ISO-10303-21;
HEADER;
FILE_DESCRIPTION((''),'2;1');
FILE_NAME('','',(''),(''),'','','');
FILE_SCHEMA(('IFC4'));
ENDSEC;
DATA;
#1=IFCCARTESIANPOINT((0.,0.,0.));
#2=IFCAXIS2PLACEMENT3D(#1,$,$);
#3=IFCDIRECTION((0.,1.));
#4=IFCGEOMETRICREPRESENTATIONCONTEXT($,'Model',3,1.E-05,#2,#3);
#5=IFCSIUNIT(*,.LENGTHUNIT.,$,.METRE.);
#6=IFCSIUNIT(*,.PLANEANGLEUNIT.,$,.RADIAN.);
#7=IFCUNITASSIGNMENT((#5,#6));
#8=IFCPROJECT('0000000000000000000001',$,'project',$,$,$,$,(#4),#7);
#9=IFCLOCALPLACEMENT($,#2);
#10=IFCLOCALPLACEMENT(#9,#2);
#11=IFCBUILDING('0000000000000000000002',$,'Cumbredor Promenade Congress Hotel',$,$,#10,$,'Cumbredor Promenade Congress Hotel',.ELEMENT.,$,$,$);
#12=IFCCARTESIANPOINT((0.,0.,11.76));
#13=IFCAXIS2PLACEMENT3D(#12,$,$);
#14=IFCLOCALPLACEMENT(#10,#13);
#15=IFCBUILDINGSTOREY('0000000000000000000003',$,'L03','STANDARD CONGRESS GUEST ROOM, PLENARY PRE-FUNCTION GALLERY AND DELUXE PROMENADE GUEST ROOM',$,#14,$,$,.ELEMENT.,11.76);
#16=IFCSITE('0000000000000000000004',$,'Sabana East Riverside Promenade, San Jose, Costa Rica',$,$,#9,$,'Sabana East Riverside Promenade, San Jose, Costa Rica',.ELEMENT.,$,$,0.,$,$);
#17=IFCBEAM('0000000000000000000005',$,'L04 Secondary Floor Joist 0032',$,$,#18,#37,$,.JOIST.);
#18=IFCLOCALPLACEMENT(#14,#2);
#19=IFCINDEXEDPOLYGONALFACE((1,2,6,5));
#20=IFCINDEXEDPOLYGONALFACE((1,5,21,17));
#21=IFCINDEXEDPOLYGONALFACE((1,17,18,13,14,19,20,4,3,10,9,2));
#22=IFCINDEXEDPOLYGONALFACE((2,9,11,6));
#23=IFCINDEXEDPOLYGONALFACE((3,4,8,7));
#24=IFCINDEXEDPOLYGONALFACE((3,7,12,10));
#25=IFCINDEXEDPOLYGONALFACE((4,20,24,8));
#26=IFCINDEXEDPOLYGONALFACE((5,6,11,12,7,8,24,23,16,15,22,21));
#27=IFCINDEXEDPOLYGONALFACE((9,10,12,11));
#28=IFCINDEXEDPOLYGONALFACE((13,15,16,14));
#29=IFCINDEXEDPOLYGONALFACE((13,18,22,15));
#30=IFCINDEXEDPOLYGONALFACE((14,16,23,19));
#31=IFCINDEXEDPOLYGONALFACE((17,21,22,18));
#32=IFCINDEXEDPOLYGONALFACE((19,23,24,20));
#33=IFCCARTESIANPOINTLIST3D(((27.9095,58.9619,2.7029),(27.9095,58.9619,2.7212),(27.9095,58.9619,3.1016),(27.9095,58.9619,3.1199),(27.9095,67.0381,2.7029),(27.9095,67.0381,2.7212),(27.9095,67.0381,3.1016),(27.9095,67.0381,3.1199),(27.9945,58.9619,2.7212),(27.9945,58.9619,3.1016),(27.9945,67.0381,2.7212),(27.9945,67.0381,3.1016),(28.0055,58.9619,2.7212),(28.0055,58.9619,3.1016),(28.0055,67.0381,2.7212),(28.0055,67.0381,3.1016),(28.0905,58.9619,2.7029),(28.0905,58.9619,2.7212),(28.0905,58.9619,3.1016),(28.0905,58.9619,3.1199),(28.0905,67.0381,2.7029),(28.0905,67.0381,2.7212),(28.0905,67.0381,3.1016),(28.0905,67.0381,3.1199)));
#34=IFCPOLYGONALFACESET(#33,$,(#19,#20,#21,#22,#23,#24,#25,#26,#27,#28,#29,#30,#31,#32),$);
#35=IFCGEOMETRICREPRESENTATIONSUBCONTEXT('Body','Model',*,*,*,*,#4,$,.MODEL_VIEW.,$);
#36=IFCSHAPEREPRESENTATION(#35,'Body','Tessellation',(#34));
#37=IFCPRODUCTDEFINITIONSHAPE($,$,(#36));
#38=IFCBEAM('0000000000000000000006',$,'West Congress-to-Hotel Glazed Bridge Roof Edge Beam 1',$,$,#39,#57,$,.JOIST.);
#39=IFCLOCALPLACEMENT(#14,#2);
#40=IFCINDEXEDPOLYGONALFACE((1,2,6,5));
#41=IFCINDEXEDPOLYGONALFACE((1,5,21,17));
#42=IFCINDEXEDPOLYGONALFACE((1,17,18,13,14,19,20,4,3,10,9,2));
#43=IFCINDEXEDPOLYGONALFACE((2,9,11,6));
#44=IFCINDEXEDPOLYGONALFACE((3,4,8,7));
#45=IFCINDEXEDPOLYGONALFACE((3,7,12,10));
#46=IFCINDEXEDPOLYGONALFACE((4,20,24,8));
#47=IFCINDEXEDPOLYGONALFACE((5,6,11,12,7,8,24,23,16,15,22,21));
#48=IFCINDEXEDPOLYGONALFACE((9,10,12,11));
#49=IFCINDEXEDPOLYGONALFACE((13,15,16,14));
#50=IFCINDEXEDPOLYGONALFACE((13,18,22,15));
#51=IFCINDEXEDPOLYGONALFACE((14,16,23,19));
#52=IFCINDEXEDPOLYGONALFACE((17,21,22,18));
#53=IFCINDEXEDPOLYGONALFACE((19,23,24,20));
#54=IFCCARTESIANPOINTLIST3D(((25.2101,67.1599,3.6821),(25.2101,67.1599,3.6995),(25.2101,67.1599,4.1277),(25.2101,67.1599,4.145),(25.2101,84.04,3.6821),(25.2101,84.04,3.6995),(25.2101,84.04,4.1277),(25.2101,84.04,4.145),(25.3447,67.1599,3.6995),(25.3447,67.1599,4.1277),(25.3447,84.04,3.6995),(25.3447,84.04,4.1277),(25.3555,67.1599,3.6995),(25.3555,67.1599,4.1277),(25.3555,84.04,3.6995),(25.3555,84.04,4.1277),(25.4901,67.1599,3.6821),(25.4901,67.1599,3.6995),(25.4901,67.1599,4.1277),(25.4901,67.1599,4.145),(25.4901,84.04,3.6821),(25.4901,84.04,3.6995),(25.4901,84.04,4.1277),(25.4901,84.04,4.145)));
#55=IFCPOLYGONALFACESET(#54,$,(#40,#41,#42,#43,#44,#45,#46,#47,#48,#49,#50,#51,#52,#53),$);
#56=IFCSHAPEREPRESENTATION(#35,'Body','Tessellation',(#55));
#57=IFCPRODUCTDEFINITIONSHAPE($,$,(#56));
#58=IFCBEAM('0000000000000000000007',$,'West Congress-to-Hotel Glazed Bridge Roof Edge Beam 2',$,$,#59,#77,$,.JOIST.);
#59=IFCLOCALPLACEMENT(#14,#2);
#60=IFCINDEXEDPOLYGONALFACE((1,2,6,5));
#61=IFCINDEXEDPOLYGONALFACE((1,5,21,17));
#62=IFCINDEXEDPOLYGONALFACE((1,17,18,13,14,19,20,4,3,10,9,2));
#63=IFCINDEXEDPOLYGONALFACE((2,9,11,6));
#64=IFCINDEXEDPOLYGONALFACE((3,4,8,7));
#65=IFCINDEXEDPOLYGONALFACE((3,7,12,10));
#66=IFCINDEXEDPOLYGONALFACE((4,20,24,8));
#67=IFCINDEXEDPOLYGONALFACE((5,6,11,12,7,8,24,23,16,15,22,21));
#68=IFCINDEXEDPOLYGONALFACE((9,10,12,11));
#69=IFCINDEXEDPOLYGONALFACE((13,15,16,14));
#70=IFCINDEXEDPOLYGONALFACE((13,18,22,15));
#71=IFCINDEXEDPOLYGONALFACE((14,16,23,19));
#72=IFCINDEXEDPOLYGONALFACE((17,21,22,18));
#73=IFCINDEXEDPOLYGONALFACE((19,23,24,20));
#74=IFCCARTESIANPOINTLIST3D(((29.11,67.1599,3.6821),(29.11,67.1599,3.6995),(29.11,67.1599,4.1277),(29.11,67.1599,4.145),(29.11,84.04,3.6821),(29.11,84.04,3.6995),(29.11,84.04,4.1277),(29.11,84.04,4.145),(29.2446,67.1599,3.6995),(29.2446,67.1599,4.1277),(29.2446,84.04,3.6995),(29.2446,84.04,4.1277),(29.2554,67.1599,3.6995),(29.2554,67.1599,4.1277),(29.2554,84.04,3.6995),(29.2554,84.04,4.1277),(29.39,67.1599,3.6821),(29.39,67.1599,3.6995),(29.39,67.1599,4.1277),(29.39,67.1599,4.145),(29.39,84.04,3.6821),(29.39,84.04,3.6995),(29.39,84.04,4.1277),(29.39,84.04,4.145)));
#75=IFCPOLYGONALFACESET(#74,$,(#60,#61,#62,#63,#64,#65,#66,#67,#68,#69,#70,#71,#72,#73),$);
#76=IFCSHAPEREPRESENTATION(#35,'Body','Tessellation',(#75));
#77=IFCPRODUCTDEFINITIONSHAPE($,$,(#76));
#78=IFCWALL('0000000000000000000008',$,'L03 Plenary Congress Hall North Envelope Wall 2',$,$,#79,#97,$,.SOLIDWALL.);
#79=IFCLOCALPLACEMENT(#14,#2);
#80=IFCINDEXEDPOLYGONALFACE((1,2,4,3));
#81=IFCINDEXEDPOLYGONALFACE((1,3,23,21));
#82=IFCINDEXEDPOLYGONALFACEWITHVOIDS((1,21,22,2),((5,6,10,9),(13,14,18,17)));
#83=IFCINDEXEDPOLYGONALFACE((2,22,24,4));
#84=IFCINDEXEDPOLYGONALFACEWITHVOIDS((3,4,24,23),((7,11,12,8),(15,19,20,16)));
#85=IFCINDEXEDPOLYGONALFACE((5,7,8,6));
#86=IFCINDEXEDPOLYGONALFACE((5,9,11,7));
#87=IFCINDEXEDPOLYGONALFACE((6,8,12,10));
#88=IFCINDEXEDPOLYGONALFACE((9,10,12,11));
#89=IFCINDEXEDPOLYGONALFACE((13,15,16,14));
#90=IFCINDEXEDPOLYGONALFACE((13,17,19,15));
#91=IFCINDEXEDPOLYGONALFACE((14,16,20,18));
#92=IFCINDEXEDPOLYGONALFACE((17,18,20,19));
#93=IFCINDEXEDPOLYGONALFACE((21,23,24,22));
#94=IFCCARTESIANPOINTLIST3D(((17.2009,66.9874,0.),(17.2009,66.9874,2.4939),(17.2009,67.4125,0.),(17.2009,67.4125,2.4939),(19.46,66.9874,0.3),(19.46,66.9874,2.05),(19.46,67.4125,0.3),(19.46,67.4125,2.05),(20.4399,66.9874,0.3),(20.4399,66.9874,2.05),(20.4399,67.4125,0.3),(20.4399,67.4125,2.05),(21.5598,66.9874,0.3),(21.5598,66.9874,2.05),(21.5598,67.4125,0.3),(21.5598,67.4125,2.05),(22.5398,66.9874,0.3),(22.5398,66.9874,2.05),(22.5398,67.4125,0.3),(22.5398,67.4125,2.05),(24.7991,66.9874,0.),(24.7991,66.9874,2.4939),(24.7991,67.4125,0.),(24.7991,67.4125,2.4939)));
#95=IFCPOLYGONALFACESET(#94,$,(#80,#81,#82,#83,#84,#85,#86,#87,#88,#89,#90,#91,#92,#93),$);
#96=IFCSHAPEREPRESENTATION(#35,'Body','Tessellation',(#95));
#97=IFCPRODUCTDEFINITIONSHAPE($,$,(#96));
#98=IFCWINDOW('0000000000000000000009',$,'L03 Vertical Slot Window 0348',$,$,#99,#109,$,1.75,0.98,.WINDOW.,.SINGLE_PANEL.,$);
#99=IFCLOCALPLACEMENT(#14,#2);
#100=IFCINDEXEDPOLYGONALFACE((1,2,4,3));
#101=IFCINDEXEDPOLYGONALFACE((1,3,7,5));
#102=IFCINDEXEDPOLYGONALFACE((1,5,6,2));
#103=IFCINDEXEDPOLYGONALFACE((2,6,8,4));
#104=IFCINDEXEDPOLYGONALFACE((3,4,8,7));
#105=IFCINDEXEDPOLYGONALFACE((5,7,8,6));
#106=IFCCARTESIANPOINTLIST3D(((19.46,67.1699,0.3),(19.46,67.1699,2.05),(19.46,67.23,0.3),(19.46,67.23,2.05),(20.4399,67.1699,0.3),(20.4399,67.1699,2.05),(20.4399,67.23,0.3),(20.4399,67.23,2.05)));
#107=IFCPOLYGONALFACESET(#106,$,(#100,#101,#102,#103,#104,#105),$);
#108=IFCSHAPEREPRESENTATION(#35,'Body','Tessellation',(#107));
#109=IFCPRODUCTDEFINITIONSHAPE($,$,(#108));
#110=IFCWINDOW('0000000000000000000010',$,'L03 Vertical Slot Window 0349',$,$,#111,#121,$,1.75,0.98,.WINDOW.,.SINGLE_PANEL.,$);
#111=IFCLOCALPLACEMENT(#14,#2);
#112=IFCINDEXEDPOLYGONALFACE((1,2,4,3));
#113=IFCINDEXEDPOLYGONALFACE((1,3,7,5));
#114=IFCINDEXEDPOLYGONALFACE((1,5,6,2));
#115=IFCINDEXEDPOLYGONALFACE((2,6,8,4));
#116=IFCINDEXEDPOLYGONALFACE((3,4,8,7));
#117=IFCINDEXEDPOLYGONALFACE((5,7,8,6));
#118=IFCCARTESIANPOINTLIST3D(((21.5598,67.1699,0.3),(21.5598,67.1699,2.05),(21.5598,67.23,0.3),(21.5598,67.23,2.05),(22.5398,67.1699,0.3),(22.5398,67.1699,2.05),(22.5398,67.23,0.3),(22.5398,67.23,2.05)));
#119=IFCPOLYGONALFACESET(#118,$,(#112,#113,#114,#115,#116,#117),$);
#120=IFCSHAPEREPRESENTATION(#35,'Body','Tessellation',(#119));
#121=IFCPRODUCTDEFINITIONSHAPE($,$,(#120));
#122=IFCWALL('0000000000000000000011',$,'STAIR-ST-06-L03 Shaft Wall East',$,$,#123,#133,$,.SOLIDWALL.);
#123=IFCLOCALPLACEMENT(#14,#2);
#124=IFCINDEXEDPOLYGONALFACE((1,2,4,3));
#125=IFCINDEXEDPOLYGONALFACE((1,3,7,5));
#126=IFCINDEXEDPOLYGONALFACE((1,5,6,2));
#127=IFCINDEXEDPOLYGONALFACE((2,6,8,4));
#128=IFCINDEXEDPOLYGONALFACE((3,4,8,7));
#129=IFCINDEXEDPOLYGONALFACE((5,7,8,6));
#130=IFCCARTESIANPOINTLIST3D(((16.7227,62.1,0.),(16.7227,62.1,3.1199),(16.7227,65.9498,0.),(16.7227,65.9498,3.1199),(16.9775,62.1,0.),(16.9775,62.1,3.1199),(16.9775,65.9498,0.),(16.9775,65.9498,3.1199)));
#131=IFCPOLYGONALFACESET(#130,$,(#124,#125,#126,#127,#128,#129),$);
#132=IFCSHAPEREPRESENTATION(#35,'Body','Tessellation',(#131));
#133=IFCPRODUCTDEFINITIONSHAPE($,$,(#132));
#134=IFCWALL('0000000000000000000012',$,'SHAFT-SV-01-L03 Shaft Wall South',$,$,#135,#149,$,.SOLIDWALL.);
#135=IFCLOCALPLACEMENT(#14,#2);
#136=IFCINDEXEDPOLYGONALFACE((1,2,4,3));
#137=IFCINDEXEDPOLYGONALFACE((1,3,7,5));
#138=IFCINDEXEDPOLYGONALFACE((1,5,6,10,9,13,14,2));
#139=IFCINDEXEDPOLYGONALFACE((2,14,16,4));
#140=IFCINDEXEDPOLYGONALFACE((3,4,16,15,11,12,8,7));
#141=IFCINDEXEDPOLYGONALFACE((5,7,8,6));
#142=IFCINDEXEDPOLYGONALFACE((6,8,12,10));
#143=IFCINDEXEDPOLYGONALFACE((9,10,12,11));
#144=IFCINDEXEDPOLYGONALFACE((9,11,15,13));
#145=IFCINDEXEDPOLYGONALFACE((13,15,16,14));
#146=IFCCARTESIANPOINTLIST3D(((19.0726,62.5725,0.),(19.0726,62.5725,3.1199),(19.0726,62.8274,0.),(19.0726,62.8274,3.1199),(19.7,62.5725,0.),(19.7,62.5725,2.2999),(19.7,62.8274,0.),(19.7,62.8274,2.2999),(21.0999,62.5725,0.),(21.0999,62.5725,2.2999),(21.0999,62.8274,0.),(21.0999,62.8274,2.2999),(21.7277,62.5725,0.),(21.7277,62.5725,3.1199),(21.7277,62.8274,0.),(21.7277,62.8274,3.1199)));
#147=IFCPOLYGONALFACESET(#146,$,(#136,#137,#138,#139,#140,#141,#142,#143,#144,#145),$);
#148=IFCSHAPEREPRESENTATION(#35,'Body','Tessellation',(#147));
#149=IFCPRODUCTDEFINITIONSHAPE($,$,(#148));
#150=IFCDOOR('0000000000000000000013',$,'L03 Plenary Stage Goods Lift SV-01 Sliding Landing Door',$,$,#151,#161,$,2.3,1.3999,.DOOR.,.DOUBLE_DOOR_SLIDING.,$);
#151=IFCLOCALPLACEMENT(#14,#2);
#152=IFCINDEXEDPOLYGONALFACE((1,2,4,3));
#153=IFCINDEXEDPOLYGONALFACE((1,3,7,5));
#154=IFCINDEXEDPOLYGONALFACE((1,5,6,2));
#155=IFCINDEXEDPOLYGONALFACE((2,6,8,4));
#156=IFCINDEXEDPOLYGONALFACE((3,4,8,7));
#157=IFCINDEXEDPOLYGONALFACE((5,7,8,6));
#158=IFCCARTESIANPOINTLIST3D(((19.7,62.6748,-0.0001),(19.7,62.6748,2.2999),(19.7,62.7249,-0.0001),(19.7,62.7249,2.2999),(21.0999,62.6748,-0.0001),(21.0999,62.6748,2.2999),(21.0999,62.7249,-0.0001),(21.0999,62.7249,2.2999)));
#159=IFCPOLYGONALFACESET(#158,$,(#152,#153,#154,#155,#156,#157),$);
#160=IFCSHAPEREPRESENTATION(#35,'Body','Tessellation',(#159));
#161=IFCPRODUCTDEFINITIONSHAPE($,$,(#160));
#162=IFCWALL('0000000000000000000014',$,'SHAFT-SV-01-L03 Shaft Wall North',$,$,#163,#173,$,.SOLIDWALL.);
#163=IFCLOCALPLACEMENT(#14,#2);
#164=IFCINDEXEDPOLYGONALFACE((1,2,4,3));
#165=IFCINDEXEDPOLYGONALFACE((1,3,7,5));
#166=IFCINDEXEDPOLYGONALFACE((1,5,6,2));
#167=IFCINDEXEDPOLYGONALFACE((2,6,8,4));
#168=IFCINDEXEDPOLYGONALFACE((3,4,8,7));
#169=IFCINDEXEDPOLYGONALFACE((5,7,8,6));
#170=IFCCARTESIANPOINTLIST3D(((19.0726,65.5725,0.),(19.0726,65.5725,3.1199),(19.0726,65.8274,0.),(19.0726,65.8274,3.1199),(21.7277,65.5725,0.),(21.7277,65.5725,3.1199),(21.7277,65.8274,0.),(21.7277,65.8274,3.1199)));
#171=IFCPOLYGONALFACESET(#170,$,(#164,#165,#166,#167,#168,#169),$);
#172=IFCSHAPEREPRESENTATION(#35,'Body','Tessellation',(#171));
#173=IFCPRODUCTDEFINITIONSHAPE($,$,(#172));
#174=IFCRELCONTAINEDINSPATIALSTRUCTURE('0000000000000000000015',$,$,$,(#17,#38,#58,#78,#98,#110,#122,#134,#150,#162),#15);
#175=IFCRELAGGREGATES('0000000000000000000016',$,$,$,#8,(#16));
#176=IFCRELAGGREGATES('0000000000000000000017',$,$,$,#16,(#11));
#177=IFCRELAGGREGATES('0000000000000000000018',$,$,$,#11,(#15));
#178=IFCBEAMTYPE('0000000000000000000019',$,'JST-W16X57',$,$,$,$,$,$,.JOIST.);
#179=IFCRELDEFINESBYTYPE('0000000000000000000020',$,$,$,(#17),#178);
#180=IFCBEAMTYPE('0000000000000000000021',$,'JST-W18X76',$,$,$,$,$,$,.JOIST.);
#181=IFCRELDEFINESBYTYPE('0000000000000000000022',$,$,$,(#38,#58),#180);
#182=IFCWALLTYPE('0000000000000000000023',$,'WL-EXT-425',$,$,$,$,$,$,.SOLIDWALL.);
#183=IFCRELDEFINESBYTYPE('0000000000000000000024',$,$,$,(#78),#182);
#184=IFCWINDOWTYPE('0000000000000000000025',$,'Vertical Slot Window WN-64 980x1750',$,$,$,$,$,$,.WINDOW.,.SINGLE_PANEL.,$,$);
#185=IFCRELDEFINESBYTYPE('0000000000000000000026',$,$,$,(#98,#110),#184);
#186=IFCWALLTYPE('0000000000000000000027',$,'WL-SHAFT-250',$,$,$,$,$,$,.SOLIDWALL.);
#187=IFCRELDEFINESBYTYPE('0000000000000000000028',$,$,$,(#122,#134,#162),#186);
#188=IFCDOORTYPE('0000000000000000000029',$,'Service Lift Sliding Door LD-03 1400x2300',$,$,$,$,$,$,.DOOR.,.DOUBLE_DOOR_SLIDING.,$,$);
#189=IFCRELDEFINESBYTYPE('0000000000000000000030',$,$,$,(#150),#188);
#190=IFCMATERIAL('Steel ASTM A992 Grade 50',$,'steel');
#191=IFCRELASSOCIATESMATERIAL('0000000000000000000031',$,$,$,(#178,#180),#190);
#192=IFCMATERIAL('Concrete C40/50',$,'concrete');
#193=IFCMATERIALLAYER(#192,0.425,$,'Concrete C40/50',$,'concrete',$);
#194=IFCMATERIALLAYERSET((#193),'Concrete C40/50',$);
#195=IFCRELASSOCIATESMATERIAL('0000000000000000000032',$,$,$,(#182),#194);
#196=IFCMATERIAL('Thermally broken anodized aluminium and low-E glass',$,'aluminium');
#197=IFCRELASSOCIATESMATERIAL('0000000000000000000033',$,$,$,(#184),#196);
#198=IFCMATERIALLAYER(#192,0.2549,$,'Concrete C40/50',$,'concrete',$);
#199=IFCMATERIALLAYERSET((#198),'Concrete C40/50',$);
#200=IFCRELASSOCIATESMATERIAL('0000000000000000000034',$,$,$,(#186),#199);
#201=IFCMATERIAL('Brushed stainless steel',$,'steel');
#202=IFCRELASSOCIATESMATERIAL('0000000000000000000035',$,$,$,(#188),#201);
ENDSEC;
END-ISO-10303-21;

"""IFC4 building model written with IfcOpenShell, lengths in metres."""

from ifc_helpers import new_model, si_unit, direction, frame, frame_2d, origin, origin_2d, place, context, subcontext, project, spatial, rectangle, i_section, extrude, material, layer, layer_set, material_profile, profile_set, type_object, element, fill, save


model = new_model("IFC4")

# Units and contexts
model_context = context("Model", 3, precision=1e-05, world=origin(), true_north=direction((0.0, 1.0)))
body_context = subcontext(model_context, "Body", "Model", "MODEL_VIEW")
ifc_project = project(units=[si_unit("LENGTHUNIT", "METRE"), si_unit("PLANEANGLEUNIT", "RADIAN")], contexts=[model_context])

# Site, building, storey
site_placement = place(None, origin())
site = spatial("IfcSite", under=ifc_project, at=site_placement, Name="Sabana East Riverside Promenade, San Jose, Costa Rica", LongName="Sabana East Riverside Promenade, San Jose, Costa Rica", CompositionType="ELEMENT", RefElevation=0.0)
building_placement = place(site_placement, origin())
building = spatial("IfcBuilding", under=site, at=building_placement, Name="Cumbredor Promenade Congress Hotel", LongName="Cumbredor Promenade Congress Hotel", CompositionType="ELEMENT")
storey_placement = place(building_placement, frame((0.0, 0.0, 11.76)))
storey = spatial("IfcBuildingStorey", under=building, at=storey_placement, Name="L03", Description="STANDARD CONGRESS GUEST ROOM, PLENARY PRE-FUNCTION GALLERY AND DELUXE PROMENADE GUEST ROOM", CompositionType="ELEMENT", Elevation=11.76)

# Beams
ifc_material_1 = material(Name="Concrete C40/50", Category="concrete")
ifc_material_2 = material(Name="Steel ASTM A992 Grade 50", Category="steel")
ifc_material_profile_1 = material_profile(ifc_material_2, i_section(OverallWidth=0.1809, OverallDepth=0.417, WebThickness=0.011, FlangeThickness=0.0183, at=origin_2d()), Name="W16X57")
ifc_profile_set_1 = profile_set([ifc_material_profile_1], Name="Steel ASTM A992 Grade 50")
beam_type_1 = type_object("IfcBeamType", Name="JST-W16X57", PredefinedType="JOIST", material=ifc_profile_set_1)
beam_1_placement = place(storey_placement, frame((28.0, 58.9619, 2.9114), z_axis=(0.0, 1.0, 0.0), x_axis=(-1.0, 0.0, 0.0)))
element("IfcBeam", 1, at=beam_1_placement, inside=storey, type_object=beam_type_1, Name="L04 Secondary Floor Joist 0032", PredefinedType="JOIST", context=body_context, shape_type="SweptSolid", body=[
    extrude(i_section(OverallWidth=0.1809, OverallDepth=0.417, WebThickness=0.011, FlangeThickness=0.0183, at=origin_2d()), origin(), (0.0, 0.0, 1.0), 8.0762),
])
ifc_material_profile_2 = material_profile(ifc_material_2, i_section(OverallWidth=0.28, OverallDepth=0.4629, WebThickness=0.0107, FlangeThickness=0.0173, at=origin_2d()), Name="W18X76")
ifc_profile_set_2 = profile_set([ifc_material_profile_2], Name="Steel ASTM A992 Grade 50")
beam_type_2 = type_object("IfcBeamType", Name="JST-W18X76", PredefinedType="JOIST", material=ifc_profile_set_2)
for number, where, z_axis, x_axis, name in (
    (2, (25.3501, 67.1599, 3.9136), (0.0, 1.0, 0.0), (-1.0, 0.0, 0.0), "West Congress-to-Hotel Glazed Bridge Roof Edge Beam 1"),
    (3, (29.25, 67.1599, 3.9136), (0.0, 1.0, 0.0), (-1.0, 0.0, 0.0), "West Congress-to-Hotel Glazed Bridge Roof Edge Beam 2"),
):
    element("IfcBeam", number, at=place(storey_placement, frame(where, z_axis=z_axis, x_axis=x_axis)), inside=storey, type_object=beam_type_2, Name=name, PredefinedType="JOIST", context=body_context, shape_type="SweptSolid", body=[
        extrude(i_section(OverallWidth=0.28, OverallDepth=0.4629, WebThickness=0.0107, FlangeThickness=0.0173, at=origin_2d()), origin(), (0.0, 0.0, 1.0), 16.8801),
    ])

# Wall, openings, windows
ifc_layer_1 = layer(ifc_material_1, 0.425, Name="Concrete C40/50", Category="concrete")
ifc_layer_set_1 = layer_set([ifc_layer_1], Name="Concrete C40/50")
wall_type_1 = type_object("IfcWallType", Name="WL-EXT-425", PredefinedType="SOLIDWALL", material=ifc_layer_set_1)
wall_1_placement = place(storey_placement, frame((17.2009, 67.2, 0.0), z_axis=(0.0, 0.0, 1.0), x_axis=(1.0, 0.0, 0.0)))
wall_1 = element("IfcWall", 4, at=wall_1_placement, inside=storey, type_object=wall_type_1, Name="L03 Plenary Congress Hall North Envelope Wall 2", PredefinedType="SOLIDWALL", context=body_context, shape_type="SweptSolid", body=[
    extrude(rectangle(XDim=7.5981, YDim=0.425, at=frame_2d((3.7991, 0.0))), origin(), (0.0, 0.0, 1.0), 2.4939),
])
opening_1_placement = place(wall_1_placement, frame((2.259, 0.0, 0.3)))
opening_1 = element("IfcOpeningElement", 5, at=opening_1_placement, cuts=wall_1, PredefinedType="OPENING", context=body_context, shape_type="SweptSolid", body=[
    extrude(rectangle(XDim=0.98, YDim=1.75, at=frame_2d((0.49, 0.875))), frame((0.0, 0.2227, 0.0), z_axis=(0.0, -1.0, 0.0), x_axis=(1.0, 0.0, 0.0)), (0.0, 0.0, 1.0), 0.4451),
])
opening_2_placement = place(wall_1_placement, frame((4.3589, 0.0, 0.3)))
opening_2 = element("IfcOpeningElement", 6, at=opening_2_placement, cuts=wall_1, PredefinedType="OPENING", context=body_context, shape_type="SweptSolid", body=[
    extrude(rectangle(XDim=0.98, YDim=1.75, at=frame_2d((0.49, 0.875))), frame((0.0, 0.2227, 0.0), z_axis=(0.0, -1.0, 0.0), x_axis=(1.0, 0.0, 0.0)), (0.0, 0.0, 1.0), 0.4451),
])
ifc_material_3 = material(Name="Thermally broken anodized aluminium and low-E glass", Category="aluminium")
window_type = type_object("IfcWindowType", Name="Vertical Slot Window WN-64 980x1750", PartitioningType="SINGLE_PANEL", PredefinedType="WINDOW", material=ifc_material_3)
window_1_placement = place(opening_1_placement, origin())
window_1 = element("IfcWindow", 7, at=window_1_placement, inside=storey, type_object=window_type, Name="L03 Vertical Slot Window 0348", OverallHeight=1.75, OverallWidth=0.98, PartitioningType="SINGLE_PANEL", PredefinedType="WINDOW", context=body_context, shape_type="SweptSolid", body=[
    extrude(rectangle(XDim=0.98, YDim=1.75, at=frame_2d((0.49, 0.875))), frame((0.0, 0.03, 0.0), z_axis=(0.0, -1.0, 0.0), x_axis=(1.0, 0.0, 0.0)), (0.0, 0.0, 1.0), 0.0601),
])
fill(opening_1, window_1)
window_2_placement = place(opening_2_placement, origin())
window_2 = element("IfcWindow", 8, at=window_2_placement, inside=storey, type_object=window_type, Name="L03 Vertical Slot Window 0349", OverallHeight=1.75, OverallWidth=0.98, PartitioningType="SINGLE_PANEL", PredefinedType="WINDOW", context=body_context, shape_type="SweptSolid", body=[
    extrude(rectangle(XDim=0.98, YDim=1.75, at=frame_2d((0.49, 0.875))), frame((0.0, 0.03, 0.0), z_axis=(0.0, -1.0, 0.0), x_axis=(1.0, 0.0, 0.0)), (0.0, 0.0, 1.0), 0.0601),
])
fill(opening_2, window_2)

# Wall
ifc_layer_2 = layer(ifc_material_1, 0.2549, Name="Concrete C40/50", Category="concrete")
ifc_layer_set_2 = layer_set([ifc_layer_2], Name="Concrete C40/50")
wall_type_2 = type_object("IfcWallType", Name="WL-SHAFT-250", PredefinedType="SOLIDWALL", material=ifc_layer_set_2)
wall_2_placement = place(storey_placement, frame((16.8501, 62.1001, 0.0), z_axis=(0.0, 0.0, 1.0), x_axis=(0.0, 1.0, 0.0)))
element("IfcWall", 9, at=wall_2_placement, inside=storey, type_object=wall_type_2, Name="STAIR-ST-06-L03 Shaft Wall East", PredefinedType="SOLIDWALL", context=body_context, shape_type="SweptSolid", body=[
    extrude(rectangle(XDim=3.8499, YDim=0.2549, at=frame_2d((1.9248, 0.0))), origin(), (0.0, 0.0, 1.0), 3.1199),
])

# Wall, opening, door
wall_3_placement = place(storey_placement, frame((19.0725, 62.7, 0.0), z_axis=(0.0, 0.0, 1.0), x_axis=(1.0, 0.0, 0.0)))
wall_3 = element("IfcWall", 10, at=wall_3_placement, inside=storey, type_object=wall_type_2, Name="SHAFT-SV-01-L03 Shaft Wall South", PredefinedType="SOLIDWALL", context=body_context, shape_type="SweptSolid", body=[
    extrude(rectangle(XDim=2.655, YDim=0.2549, at=frame_2d((1.3276, 0.0))), origin(), (0.0, 0.0, 1.0), 3.1199),
])
opening_3_placement = place(wall_3_placement, frame((0.6274, 0.0, 0.0)))
opening_3 = element("IfcOpeningElement", 11, at=opening_3_placement, cuts=wall_3, PredefinedType="OPENING", context=body_context, shape_type="SweptSolid", body=[
    extrude(rectangle(XDim=1.3999, YDim=2.3, at=frame_2d((0.7, 1.1499))), frame((0.0, 0.1375, 0.0), z_axis=(0.0, -1.0, 0.0), x_axis=(1.0, 0.0, 0.0)), (0.0, 0.0, 1.0), 0.2749),
])
ifc_material_4 = material(Name="Brushed stainless steel", Category="steel")
door_type = type_object("IfcDoorType", Name="Service Lift Sliding Door LD-03 1400x2300", OperationType="DOUBLE_DOOR_SLIDING", PredefinedType="DOOR", material=ifc_material_4)
door_placement = place(opening_3_placement, origin())
door = element("IfcDoor", 12, at=door_placement, inside=storey, type_object=door_type, Name="L03 Plenary Stage Goods Lift SV-01 Sliding Landing Door", OperationType="DOUBLE_DOOR_SLIDING", OverallHeight=2.3, OverallWidth=1.3999, PredefinedType="DOOR", context=body_context, shape_type="SweptSolid", body=[
    extrude(rectangle(XDim=1.3999, YDim=2.3, at=frame_2d((0.7, 1.1499))), frame((0.0, 0.0249, 0.0), z_axis=(0.0, -1.0, 0.0), x_axis=(1.0, 0.0, 0.0)), (0.0, 0.0, 1.0), 0.05),
])
fill(opening_3, door)

# Wall
wall_4_placement = place(storey_placement, frame((19.0725, 65.7, 0.0), z_axis=(0.0, 0.0, 1.0), x_axis=(1.0, 0.0, 0.0)))
element("IfcWall", 13, at=wall_4_placement, inside=storey, type_object=wall_type_2, Name="SHAFT-SV-01-L03 Shaft Wall North", PredefinedType="SOLIDWALL", context=body_context, shape_type="SweptSolid", body=[
    extrude(rectangle(XDim=2.655, YDim=0.2549, at=frame_2d((1.3276, 0.0))), origin(), (0.0, 0.0, 1.0), 3.1199),
])

save(model, "model.ifc")
